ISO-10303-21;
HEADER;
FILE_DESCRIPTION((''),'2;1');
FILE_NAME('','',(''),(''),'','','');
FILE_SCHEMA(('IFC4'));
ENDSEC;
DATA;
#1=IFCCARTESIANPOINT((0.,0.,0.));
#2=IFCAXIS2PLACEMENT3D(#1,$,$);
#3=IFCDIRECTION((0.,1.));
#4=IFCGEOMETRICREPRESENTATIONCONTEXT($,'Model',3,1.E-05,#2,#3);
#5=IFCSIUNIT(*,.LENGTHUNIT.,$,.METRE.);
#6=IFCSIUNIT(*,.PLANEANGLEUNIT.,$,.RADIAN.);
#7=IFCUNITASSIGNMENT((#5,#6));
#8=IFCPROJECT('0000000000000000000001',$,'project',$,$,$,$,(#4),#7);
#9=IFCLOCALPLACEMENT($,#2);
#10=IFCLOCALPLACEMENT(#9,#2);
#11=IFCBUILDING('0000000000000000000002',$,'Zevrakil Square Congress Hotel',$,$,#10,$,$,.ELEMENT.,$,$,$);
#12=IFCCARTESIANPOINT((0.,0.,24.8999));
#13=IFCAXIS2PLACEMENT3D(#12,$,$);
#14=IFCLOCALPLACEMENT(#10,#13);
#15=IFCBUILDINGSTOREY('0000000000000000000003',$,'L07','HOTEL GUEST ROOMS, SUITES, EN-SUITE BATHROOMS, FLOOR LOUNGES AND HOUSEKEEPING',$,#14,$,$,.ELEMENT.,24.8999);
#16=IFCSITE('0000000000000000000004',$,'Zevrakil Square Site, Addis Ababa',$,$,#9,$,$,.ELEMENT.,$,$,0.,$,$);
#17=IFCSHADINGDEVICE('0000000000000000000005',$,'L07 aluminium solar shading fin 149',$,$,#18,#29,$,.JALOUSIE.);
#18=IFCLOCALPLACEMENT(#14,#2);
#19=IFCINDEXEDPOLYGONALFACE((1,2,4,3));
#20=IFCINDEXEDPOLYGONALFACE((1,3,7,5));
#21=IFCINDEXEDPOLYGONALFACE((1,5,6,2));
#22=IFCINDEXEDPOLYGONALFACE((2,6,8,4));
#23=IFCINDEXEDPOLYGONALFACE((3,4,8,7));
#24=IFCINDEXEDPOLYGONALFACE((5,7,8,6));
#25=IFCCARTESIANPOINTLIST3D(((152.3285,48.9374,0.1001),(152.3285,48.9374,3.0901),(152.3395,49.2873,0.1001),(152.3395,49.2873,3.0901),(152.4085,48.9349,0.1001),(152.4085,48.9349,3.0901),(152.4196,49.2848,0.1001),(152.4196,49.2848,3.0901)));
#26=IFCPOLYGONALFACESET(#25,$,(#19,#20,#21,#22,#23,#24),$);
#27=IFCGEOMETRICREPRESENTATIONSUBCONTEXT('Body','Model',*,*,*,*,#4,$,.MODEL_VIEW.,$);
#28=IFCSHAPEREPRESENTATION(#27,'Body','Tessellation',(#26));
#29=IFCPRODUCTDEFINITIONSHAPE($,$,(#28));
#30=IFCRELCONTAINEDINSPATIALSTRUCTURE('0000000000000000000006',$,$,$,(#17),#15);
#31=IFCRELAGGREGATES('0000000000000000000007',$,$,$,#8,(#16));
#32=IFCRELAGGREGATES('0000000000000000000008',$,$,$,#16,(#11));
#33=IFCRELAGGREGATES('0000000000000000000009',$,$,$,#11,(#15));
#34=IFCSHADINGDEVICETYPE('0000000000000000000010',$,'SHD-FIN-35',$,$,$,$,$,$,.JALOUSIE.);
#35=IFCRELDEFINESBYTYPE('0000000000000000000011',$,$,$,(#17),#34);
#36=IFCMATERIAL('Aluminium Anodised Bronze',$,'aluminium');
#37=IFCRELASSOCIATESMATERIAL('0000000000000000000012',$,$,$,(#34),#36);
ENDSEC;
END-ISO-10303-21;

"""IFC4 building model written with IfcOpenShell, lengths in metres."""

from ifc_helpers import new_model, si_unit, direction, frame, origin, origin_2d, place, context, subcontext, project, spatial, rectangle, extrude, material, type_object, element, save


model = new_model("IFC4")

# Units and contexts
model_context = context("Model", 3, precision=1e-05, world=origin(), true_north=direction((0.0, 1.0)))
body_context = subcontext(model_context, "Body", "Model", "MODEL_VIEW")
ifc_project = project(units=[si_unit("LENGTHUNIT", "METRE"), si_unit("PLANEANGLEUNIT", "RADIAN")], contexts=[model_context])

# Site, building, storey
site_placement = place(None, origin())
site = spatial("IfcSite", under=ifc_project, at=site_placement, Name="Zevrakil Square Site, Addis Ababa", CompositionType="ELEMENT", RefElevation=0.0)
building_placement = place(site_placement, origin())
building = spatial("IfcBuilding", under=site, at=building_placement, Name="Zevrakil Square Congress Hotel", CompositionType="ELEMENT")
storey_placement = place(building_placement, frame((0.0, 0.0, 24.8999)))
storey = spatial("IfcBuildingStorey", under=building, at=storey_placement, Name="L07", Description="HOTEL GUEST ROOMS, SUITES, EN-SUITE BATHROOMS, FLOOR LOUNGES AND HOUSEKEEPING", CompositionType="ELEMENT", Elevation=24.8999)

# Shading device
ifc_material_1 = material(Name="Aluminium Anodised Bronze", Category="aluminium")
shading_device_type = type_object("IfcShadingDeviceType", Name="SHD-FIN-35", PredefinedType="JALOUSIE", material=ifc_material_1)
shading_device_placement = place(storey_placement, frame((152.374, 49.1111, 0.1001), z_axis=(0.0, 0.0, 1.0), x_axis=(0.031603, 0.999501, 0.0)))
element("IfcShadingDevice", 1, at=shading_device_placement, inside=storey, type_object=shading_device_type, Name="L07 aluminium solar shading fin 149", PredefinedType="JALOUSIE", context=body_context, shape_type="SweptSolid", body=[
    extrude(rectangle(XDim=0.3501, YDim=0.0801, at=origin_2d()), origin(), (0.0, 0.0, 1.0), 2.99),
])

save(model, "model.ifc")
